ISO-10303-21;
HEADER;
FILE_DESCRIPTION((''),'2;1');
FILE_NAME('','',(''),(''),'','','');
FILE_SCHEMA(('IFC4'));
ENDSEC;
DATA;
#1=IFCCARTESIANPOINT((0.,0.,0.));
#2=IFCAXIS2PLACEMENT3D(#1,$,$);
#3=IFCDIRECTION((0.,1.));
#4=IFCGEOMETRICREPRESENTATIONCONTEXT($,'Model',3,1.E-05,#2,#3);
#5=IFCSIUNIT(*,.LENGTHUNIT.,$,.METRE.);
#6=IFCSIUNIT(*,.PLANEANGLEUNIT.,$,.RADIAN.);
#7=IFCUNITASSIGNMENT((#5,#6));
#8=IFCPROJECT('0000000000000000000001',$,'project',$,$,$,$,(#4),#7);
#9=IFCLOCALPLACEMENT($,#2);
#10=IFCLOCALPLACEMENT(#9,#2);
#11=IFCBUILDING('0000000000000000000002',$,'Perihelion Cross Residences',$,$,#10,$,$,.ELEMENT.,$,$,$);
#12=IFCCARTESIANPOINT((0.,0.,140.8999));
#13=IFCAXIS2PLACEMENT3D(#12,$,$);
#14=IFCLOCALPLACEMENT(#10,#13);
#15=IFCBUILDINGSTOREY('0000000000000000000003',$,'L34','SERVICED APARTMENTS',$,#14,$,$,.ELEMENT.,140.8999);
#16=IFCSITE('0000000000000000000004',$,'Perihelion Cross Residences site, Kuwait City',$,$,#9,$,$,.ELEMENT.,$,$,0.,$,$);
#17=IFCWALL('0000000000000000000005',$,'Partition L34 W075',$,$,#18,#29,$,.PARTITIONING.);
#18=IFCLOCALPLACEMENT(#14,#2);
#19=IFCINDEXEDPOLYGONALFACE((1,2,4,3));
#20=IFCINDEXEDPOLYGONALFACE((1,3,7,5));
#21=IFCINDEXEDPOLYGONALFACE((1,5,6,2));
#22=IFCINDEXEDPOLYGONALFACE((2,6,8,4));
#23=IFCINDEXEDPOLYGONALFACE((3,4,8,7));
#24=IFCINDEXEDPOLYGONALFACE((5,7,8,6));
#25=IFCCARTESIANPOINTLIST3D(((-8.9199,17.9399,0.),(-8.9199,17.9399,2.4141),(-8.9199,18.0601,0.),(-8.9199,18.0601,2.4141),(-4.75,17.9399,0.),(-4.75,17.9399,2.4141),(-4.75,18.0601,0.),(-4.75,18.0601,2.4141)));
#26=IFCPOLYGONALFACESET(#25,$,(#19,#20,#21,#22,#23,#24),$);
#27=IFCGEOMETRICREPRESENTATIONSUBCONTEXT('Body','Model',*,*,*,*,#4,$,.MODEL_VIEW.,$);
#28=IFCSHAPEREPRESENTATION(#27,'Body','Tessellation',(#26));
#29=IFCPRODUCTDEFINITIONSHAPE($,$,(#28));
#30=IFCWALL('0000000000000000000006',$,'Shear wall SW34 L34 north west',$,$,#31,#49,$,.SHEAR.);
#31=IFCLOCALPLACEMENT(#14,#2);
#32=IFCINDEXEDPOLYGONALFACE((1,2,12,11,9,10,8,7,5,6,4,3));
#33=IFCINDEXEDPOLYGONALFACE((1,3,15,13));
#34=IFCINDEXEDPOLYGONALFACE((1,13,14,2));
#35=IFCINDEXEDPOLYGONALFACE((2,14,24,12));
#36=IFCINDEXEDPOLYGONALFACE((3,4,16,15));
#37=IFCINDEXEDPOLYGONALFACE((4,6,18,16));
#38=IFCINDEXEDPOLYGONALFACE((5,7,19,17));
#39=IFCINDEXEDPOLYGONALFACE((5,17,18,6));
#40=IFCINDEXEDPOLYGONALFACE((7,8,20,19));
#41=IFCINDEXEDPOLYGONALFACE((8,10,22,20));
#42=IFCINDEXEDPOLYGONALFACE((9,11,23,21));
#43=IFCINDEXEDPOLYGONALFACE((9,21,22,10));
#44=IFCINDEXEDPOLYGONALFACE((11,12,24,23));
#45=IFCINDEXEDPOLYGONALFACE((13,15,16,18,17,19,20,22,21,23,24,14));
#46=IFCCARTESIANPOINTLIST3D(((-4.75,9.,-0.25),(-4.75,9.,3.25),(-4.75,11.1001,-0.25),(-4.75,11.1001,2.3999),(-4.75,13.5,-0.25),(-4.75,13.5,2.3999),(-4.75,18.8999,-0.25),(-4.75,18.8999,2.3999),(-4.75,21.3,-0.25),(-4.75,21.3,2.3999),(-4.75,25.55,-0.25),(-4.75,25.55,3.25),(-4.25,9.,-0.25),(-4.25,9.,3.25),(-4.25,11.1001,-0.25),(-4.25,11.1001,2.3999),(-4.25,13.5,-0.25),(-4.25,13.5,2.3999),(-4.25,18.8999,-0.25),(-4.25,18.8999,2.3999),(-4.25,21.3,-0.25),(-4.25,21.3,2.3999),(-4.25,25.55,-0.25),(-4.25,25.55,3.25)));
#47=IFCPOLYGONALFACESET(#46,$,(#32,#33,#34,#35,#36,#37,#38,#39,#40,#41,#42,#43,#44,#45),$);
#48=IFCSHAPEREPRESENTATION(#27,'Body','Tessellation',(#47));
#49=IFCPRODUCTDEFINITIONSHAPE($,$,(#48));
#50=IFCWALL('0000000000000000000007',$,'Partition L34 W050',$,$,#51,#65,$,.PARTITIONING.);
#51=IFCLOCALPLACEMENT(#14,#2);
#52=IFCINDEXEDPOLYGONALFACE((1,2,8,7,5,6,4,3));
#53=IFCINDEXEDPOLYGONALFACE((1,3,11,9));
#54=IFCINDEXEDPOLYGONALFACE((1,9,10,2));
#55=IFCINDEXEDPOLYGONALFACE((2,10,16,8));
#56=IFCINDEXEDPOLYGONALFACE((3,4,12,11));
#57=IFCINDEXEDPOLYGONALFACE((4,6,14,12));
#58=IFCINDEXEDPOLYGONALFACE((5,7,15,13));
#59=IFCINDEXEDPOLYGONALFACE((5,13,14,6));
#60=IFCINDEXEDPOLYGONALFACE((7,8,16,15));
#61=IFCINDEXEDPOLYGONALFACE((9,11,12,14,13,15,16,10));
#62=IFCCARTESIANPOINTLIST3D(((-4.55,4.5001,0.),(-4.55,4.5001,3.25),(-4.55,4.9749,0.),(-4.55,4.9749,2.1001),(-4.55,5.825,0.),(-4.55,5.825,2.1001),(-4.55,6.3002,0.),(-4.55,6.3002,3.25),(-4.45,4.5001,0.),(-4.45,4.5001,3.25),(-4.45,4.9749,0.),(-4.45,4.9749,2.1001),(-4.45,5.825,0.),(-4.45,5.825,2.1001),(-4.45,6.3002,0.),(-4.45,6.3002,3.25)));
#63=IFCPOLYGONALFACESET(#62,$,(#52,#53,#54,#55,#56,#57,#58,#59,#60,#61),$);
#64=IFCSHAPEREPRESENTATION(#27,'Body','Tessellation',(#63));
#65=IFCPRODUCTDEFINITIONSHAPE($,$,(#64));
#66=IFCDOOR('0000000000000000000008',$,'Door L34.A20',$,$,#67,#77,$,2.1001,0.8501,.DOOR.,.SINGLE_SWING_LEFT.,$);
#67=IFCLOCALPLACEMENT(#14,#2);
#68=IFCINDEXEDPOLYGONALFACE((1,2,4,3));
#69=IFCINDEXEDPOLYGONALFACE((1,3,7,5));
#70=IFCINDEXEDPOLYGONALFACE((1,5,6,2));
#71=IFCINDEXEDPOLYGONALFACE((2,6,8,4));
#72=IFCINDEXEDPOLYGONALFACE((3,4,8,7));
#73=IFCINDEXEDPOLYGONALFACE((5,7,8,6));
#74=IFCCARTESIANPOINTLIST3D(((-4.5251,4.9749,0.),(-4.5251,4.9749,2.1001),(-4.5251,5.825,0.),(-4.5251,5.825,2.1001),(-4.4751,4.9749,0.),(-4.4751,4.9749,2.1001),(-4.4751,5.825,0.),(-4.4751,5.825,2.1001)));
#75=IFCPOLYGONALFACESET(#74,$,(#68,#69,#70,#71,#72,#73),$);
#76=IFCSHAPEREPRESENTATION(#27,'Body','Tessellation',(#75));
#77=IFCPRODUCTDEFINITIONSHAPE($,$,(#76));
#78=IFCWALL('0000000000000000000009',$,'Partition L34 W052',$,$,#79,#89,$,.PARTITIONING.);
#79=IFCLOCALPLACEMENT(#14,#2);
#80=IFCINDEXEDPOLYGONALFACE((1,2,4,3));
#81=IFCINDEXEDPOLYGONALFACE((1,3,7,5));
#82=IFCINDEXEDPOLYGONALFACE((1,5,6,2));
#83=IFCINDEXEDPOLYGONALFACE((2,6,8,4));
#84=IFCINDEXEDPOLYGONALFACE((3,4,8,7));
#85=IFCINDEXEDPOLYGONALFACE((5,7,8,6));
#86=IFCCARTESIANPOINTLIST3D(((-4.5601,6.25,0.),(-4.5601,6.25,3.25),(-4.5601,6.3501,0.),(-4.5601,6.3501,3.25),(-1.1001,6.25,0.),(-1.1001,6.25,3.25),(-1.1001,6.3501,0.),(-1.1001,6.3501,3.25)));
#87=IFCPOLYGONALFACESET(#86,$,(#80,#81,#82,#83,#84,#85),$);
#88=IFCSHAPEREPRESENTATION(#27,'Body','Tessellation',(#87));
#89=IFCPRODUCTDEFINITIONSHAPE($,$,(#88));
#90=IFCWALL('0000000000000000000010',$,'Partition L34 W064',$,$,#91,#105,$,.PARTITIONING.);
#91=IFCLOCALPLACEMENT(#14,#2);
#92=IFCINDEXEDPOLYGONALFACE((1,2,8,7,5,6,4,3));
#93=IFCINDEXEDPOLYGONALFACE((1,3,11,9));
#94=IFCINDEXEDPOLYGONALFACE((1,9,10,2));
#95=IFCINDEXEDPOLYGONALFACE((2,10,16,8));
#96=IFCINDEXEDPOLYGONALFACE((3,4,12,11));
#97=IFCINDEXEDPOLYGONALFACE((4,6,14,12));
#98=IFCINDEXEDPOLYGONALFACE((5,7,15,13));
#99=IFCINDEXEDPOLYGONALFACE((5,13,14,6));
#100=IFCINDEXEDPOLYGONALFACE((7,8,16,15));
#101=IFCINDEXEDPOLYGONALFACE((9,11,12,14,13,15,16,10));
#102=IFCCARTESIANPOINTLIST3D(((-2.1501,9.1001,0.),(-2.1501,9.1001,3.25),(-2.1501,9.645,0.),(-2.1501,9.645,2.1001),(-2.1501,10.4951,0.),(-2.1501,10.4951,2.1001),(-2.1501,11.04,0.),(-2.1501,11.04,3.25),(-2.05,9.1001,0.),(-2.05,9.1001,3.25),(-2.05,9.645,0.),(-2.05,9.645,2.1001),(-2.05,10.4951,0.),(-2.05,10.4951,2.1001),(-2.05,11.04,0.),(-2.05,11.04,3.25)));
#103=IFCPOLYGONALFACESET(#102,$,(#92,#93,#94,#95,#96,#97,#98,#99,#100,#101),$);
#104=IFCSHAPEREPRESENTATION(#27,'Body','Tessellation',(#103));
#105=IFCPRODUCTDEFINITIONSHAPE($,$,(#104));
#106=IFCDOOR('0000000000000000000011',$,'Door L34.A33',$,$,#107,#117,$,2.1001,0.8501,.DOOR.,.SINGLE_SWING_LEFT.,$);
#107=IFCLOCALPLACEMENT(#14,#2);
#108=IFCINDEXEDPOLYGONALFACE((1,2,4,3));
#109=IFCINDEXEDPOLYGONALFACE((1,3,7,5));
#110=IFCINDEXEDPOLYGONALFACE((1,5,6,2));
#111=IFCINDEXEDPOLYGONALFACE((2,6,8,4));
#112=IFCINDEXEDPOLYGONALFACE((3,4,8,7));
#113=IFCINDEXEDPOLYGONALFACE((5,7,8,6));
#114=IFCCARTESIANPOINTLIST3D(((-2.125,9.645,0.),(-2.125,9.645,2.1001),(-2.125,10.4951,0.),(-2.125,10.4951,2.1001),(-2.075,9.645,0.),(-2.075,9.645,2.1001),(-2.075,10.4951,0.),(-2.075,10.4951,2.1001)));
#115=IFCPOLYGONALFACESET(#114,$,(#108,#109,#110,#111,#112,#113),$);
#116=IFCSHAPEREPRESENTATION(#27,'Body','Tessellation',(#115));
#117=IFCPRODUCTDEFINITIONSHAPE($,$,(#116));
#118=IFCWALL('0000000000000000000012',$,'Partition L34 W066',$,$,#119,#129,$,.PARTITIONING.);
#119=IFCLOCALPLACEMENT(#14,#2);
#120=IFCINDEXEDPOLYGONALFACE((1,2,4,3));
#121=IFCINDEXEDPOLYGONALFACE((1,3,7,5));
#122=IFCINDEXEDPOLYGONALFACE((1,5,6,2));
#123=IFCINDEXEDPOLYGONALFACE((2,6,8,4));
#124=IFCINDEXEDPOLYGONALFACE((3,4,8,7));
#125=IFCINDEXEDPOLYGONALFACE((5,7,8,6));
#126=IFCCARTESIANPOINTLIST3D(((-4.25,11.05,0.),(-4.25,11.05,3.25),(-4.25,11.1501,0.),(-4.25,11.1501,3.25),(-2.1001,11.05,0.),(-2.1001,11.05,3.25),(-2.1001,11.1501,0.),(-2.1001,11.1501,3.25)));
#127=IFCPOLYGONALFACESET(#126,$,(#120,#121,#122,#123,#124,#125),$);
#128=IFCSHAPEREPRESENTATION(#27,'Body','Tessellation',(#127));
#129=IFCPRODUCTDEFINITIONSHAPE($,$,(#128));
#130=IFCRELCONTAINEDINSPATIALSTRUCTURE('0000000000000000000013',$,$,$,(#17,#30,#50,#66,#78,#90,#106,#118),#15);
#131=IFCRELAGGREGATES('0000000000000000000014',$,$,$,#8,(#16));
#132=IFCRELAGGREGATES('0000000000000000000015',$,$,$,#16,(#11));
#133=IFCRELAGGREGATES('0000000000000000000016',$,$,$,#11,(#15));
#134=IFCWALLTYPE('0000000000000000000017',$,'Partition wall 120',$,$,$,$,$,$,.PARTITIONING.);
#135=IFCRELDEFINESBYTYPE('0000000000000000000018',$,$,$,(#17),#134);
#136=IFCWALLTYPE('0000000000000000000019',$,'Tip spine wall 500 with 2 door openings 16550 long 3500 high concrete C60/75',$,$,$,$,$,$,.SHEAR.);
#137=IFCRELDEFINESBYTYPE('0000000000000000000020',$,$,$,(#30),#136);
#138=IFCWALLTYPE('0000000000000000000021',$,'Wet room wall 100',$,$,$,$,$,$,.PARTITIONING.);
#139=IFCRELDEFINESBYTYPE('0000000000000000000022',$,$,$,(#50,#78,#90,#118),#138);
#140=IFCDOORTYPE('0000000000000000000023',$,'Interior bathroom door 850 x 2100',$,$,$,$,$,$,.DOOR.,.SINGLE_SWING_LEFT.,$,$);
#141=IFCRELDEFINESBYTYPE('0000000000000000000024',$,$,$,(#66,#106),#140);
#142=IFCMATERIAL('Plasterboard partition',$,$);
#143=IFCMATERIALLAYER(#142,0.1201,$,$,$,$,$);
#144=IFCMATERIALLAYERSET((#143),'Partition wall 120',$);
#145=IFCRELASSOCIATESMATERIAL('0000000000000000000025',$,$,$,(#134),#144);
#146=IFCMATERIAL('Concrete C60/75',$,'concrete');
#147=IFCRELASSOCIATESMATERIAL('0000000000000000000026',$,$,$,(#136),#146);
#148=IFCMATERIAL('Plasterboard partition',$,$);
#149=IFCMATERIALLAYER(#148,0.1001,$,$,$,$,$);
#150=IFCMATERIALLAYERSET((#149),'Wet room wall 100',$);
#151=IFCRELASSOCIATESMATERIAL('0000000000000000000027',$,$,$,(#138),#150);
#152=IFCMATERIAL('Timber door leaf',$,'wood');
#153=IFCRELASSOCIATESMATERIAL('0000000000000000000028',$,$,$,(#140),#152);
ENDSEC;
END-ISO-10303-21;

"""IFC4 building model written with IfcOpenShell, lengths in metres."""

from ifc_helpers import new_model, si_unit, direction, frame, frame_2d, origin, place, context, subcontext, project, spatial, polyline, rectangle, outline, extrude, material, layer, layer_set, material_profile, profile_set, type_object, element, fill, save


model = new_model("IFC4")

# Units and contexts
model_context = context("Model", 3, precision=1e-05, world=origin(), true_north=direction((0.0, 1.0)))
body_context = subcontext(model_context, "Body", "Model", "MODEL_VIEW")
ifc_project = project(units=[si_unit("LENGTHUNIT", "METRE"), si_unit("PLANEANGLEUNIT", "RADIAN")], contexts=[model_context])

# Site, building, storey
site_placement = place(None, origin())
site = spatial("IfcSite", under=ifc_project, at=site_placement, Name="Perihelion Cross Residences site, Kuwait City", CompositionType="ELEMENT", RefElevation=0.0)
building_placement = place(site_placement, origin())
building = spatial("IfcBuilding", under=site, at=building_placement, Name="Perihelion Cross Residences", CompositionType="ELEMENT")
storey_placement = place(building_placement, frame((0.0, 0.0, 140.8999)))
storey = spatial("IfcBuildingStorey", under=building, at=storey_placement, Name="L34", Description="SERVICED APARTMENTS", CompositionType="ELEMENT", Elevation=140.8999)

# Shared definitions
ifc_material_1 = material(Name="Plasterboard partition")
ifc_layer_1 = layer(ifc_material_1, 0.1201)
ifc_layer_set_1 = layer_set([ifc_layer_1], Name="Partition wall 120")
wall_type_1 = type_object("IfcWallType", Name="Partition wall 120", PredefinedType="PARTITIONING", material=ifc_layer_set_1)

# Walls
wall_1_placement = place(storey_placement, frame((-8.9199, 18.0, 0.0), z_axis=(0.0, 0.0, 1.0), x_axis=(1.0, 0.0, 0.0)))
element("IfcWall", 1, at=wall_1_placement, inside=storey, type_object=wall_type_1, Name="Partition L34 W075", PredefinedType="PARTITIONING", context=body_context, shape_type="SweptSolid", body=[
    extrude(rectangle(XDim=4.1699, YDim=0.1201, at=frame_2d((2.085, 0.0))), origin(), (0.0, 0.0, 1.0), 2.4141),
])
ifc_material_2 = material(Name="Concrete C60/75", Category="concrete")
ifc_material_profile_1 = material_profile(ifc_material_2, outline(polyline([(0.0, 0.0), (2.1001, 0.0), (2.1001, 2.6499), (4.5, 2.6499), (4.5, 0.0), (9.8999, 0.0), (9.8999, 2.6499), (12.3, 2.6499), (12.3, 0.0), (16.55, 0.0), (16.55, 3.5), (0.0, 3.5), (0.0, 0.0)])), Name="Tip spine wall")
ifc_profile_set_1 = profile_set([ifc_material_profile_1], Name="Concrete C60/75")
wall_type_2 = type_object("IfcWallType", Name="Tip spine wall 500 with 2 door openings 16550 long 3500 high concrete C60/75", PredefinedType="SHEAR", material=ifc_profile_set_1)
wall_2_placement = place(storey_placement, frame((-4.75, 9.0, -0.25), z_axis=(1.0, 0.0, 0.0), x_axis=(0.0, 1.0, 0.0)))
element("IfcWall", 2, at=wall_2_placement, inside=storey, type_object=wall_type_2, Name="Shear wall SW34 L34 north west", PredefinedType="SHEAR", context=body_context, shape_type="SweptSolid", body=[
    extrude(outline(polyline([(0.0, 0.0), (2.1001, 0.0), (2.1001, 2.6499), (4.5, 2.6499), (4.5, 0.0), (9.8999, 0.0), (9.8999, 2.6499), (12.3, 2.6499), (12.3, 0.0), (16.55, 0.0), (16.55, 3.5), (0.0, 3.5), (0.0, 0.0)])), origin(), (0.0, 0.0, 1.0), 0.5),
])

# Wall, opening, door
ifc_material_3 = material(Name="Plasterboard partition")
ifc_layer_2 = layer(ifc_material_3, 0.1001)
ifc_layer_set_2 = layer_set([ifc_layer_2], Name="Wet room wall 100")
wall_type_3 = type_object("IfcWallType", Name="Wet room wall 100", PredefinedType="PARTITIONING", material=ifc_layer_set_2)
wall_3_placement = place(storey_placement, frame((-4.5, 6.3, 0.0), z_axis=(0.0, 0.0, 1.0), x_axis=(0.0, -1.0, 0.0)))
wall_3 = element("IfcWall", 3, at=wall_3_placement, inside=storey, type_object=wall_type_3, Name="Partition L34 W050", PredefinedType="PARTITIONING", context=body_context, shape_type="SweptSolid", body=[
    extrude(rectangle(XDim=1.8, YDim=0.1001, at=frame_2d((0.8999, 0.0))), origin(), (0.0, 0.0, 1.0), 3.25),
])
opening_1_placement = place(wall_3_placement, frame((0.4751, 0.0, 0.0)))
opening_1 = element("IfcOpeningElement", 4, at=opening_1_placement, cuts=wall_3, PredefinedType="OPENING", context=body_context, shape_type="SweptSolid", body=[
    extrude(rectangle(XDim=0.8501, YDim=2.1001, at=frame_2d((0.425, 1.05))), frame((0.0, 0.0601, 0.0), z_axis=(0.0, -1.0, 0.0), x_axis=(1.0, 0.0, 0.0)), (0.0, 0.0, 1.0), 0.1201),
])
ifc_material_4 = material(Name="Timber door leaf", Category="wood")
door_type_1 = type_object("IfcDoorType", Name="Interior bathroom door 850 x 2100", OperationType="SINGLE_SWING_LEFT", PredefinedType="DOOR", material=ifc_material_4)
door_1_placement = place(opening_1_placement, origin())
door_1 = element("IfcDoor", 5, at=door_1_placement, inside=storey, type_object=door_type_1, Name="Door L34.A20", OperationType="SINGLE_SWING_LEFT", OverallHeight=2.1001, OverallWidth=0.8501, PredefinedType="DOOR", context=body_context, shape_type="SweptSolid", body=[
    extrude(rectangle(XDim=0.8501, YDim=2.1001, at=frame_2d((0.425, 1.05))), frame((0.0, 0.0249, 0.0), z_axis=(0.0, -1.0, 0.0), x_axis=(1.0, 0.0, 0.0)), (0.0, 0.0, 1.0), 0.05),
])
fill(opening_1, door_1)

# Wall
wall_4_placement = place(storey_placement, frame((-4.5601, 6.3, 0.0), z_axis=(0.0, 0.0, 1.0), x_axis=(1.0, 0.0, 0.0)))
element("IfcWall", 6, at=wall_4_placement, inside=storey, type_object=wall_type_3, Name="Partition L34 W052", PredefinedType="PARTITIONING", context=body_context, shape_type="SweptSolid", body=[
    extrude(rectangle(XDim=3.46, YDim=0.1001, at=frame_2d((1.73, 0.0))), origin(), (0.0, 0.0, 1.0), 3.25),
])

# Wall, opening, door
wall_5_placement = place(storey_placement, frame((-2.1001, 9.1001, 0.0), z_axis=(0.0, 0.0, 1.0), x_axis=(0.0, 1.0, 0.0)))
wall_5 = element("IfcWall", 7, at=wall_5_placement, inside=storey, type_object=wall_type_3, Name="Partition L34 W064", PredefinedType="PARTITIONING", context=body_context, shape_type="SweptSolid", body=[
    extrude(rectangle(XDim=1.9399, YDim=0.1001, at=frame_2d((0.97, 0.0))), origin(), (0.0, 0.0, 1.0), 3.25),
])
opening_2_placement = place(wall_5_placement, frame((0.5449, 0.0, 0.0)))
opening_2 = element("IfcOpeningElement", 8, at=opening_2_placement, cuts=wall_5, PredefinedType="OPENING", context=body_context, shape_type="SweptSolid", body=[
    extrude(rectangle(XDim=0.8501, YDim=2.1001, at=frame_2d((0.425, 1.05))), frame((0.0, 0.0601, 0.0), z_axis=(0.0, -1.0, 0.0), x_axis=(1.0, 0.0, 0.0)), (0.0, 0.0, 1.0), 0.1201),
])
door_2_placement = place(opening_2_placement, origin())
door_2 = element("IfcDoor", 9, at=door_2_placement, inside=storey, type_object=door_type_1, Name="Door L34.A33", OperationType="SINGLE_SWING_LEFT", OverallHeight=2.1001, OverallWidth=0.8501, PredefinedType="DOOR", context=body_context, shape_type="SweptSolid", body=[
    extrude(rectangle(XDim=0.8501, YDim=2.1001, at=frame_2d((0.425, 1.05))), frame((0.0, 0.0249, 0.0), z_axis=(0.0, -1.0, 0.0), x_axis=(1.0, 0.0, 0.0)), (0.0, 0.0, 1.0), 0.05),
])
fill(opening_2, door_2)

# Wall
wall_6_placement = place(storey_placement, frame((-4.25, 11.1001, 0.0), z_axis=(0.0, 0.0, 1.0), x_axis=(1.0, 0.0, 0.0)))
element("IfcWall", 10, at=wall_6_placement, inside=storey, type_object=wall_type_3, Name="Partition L34 W066", PredefinedType="PARTITIONING", context=body_context, shape_type="SweptSolid", body=[
    extrude(rectangle(XDim=2.1499, YDim=0.1001, at=frame_2d((1.075, 0.0))), origin(), (0.0, 0.0, 1.0), 3.25),
])

save(model, "model.ifc")
